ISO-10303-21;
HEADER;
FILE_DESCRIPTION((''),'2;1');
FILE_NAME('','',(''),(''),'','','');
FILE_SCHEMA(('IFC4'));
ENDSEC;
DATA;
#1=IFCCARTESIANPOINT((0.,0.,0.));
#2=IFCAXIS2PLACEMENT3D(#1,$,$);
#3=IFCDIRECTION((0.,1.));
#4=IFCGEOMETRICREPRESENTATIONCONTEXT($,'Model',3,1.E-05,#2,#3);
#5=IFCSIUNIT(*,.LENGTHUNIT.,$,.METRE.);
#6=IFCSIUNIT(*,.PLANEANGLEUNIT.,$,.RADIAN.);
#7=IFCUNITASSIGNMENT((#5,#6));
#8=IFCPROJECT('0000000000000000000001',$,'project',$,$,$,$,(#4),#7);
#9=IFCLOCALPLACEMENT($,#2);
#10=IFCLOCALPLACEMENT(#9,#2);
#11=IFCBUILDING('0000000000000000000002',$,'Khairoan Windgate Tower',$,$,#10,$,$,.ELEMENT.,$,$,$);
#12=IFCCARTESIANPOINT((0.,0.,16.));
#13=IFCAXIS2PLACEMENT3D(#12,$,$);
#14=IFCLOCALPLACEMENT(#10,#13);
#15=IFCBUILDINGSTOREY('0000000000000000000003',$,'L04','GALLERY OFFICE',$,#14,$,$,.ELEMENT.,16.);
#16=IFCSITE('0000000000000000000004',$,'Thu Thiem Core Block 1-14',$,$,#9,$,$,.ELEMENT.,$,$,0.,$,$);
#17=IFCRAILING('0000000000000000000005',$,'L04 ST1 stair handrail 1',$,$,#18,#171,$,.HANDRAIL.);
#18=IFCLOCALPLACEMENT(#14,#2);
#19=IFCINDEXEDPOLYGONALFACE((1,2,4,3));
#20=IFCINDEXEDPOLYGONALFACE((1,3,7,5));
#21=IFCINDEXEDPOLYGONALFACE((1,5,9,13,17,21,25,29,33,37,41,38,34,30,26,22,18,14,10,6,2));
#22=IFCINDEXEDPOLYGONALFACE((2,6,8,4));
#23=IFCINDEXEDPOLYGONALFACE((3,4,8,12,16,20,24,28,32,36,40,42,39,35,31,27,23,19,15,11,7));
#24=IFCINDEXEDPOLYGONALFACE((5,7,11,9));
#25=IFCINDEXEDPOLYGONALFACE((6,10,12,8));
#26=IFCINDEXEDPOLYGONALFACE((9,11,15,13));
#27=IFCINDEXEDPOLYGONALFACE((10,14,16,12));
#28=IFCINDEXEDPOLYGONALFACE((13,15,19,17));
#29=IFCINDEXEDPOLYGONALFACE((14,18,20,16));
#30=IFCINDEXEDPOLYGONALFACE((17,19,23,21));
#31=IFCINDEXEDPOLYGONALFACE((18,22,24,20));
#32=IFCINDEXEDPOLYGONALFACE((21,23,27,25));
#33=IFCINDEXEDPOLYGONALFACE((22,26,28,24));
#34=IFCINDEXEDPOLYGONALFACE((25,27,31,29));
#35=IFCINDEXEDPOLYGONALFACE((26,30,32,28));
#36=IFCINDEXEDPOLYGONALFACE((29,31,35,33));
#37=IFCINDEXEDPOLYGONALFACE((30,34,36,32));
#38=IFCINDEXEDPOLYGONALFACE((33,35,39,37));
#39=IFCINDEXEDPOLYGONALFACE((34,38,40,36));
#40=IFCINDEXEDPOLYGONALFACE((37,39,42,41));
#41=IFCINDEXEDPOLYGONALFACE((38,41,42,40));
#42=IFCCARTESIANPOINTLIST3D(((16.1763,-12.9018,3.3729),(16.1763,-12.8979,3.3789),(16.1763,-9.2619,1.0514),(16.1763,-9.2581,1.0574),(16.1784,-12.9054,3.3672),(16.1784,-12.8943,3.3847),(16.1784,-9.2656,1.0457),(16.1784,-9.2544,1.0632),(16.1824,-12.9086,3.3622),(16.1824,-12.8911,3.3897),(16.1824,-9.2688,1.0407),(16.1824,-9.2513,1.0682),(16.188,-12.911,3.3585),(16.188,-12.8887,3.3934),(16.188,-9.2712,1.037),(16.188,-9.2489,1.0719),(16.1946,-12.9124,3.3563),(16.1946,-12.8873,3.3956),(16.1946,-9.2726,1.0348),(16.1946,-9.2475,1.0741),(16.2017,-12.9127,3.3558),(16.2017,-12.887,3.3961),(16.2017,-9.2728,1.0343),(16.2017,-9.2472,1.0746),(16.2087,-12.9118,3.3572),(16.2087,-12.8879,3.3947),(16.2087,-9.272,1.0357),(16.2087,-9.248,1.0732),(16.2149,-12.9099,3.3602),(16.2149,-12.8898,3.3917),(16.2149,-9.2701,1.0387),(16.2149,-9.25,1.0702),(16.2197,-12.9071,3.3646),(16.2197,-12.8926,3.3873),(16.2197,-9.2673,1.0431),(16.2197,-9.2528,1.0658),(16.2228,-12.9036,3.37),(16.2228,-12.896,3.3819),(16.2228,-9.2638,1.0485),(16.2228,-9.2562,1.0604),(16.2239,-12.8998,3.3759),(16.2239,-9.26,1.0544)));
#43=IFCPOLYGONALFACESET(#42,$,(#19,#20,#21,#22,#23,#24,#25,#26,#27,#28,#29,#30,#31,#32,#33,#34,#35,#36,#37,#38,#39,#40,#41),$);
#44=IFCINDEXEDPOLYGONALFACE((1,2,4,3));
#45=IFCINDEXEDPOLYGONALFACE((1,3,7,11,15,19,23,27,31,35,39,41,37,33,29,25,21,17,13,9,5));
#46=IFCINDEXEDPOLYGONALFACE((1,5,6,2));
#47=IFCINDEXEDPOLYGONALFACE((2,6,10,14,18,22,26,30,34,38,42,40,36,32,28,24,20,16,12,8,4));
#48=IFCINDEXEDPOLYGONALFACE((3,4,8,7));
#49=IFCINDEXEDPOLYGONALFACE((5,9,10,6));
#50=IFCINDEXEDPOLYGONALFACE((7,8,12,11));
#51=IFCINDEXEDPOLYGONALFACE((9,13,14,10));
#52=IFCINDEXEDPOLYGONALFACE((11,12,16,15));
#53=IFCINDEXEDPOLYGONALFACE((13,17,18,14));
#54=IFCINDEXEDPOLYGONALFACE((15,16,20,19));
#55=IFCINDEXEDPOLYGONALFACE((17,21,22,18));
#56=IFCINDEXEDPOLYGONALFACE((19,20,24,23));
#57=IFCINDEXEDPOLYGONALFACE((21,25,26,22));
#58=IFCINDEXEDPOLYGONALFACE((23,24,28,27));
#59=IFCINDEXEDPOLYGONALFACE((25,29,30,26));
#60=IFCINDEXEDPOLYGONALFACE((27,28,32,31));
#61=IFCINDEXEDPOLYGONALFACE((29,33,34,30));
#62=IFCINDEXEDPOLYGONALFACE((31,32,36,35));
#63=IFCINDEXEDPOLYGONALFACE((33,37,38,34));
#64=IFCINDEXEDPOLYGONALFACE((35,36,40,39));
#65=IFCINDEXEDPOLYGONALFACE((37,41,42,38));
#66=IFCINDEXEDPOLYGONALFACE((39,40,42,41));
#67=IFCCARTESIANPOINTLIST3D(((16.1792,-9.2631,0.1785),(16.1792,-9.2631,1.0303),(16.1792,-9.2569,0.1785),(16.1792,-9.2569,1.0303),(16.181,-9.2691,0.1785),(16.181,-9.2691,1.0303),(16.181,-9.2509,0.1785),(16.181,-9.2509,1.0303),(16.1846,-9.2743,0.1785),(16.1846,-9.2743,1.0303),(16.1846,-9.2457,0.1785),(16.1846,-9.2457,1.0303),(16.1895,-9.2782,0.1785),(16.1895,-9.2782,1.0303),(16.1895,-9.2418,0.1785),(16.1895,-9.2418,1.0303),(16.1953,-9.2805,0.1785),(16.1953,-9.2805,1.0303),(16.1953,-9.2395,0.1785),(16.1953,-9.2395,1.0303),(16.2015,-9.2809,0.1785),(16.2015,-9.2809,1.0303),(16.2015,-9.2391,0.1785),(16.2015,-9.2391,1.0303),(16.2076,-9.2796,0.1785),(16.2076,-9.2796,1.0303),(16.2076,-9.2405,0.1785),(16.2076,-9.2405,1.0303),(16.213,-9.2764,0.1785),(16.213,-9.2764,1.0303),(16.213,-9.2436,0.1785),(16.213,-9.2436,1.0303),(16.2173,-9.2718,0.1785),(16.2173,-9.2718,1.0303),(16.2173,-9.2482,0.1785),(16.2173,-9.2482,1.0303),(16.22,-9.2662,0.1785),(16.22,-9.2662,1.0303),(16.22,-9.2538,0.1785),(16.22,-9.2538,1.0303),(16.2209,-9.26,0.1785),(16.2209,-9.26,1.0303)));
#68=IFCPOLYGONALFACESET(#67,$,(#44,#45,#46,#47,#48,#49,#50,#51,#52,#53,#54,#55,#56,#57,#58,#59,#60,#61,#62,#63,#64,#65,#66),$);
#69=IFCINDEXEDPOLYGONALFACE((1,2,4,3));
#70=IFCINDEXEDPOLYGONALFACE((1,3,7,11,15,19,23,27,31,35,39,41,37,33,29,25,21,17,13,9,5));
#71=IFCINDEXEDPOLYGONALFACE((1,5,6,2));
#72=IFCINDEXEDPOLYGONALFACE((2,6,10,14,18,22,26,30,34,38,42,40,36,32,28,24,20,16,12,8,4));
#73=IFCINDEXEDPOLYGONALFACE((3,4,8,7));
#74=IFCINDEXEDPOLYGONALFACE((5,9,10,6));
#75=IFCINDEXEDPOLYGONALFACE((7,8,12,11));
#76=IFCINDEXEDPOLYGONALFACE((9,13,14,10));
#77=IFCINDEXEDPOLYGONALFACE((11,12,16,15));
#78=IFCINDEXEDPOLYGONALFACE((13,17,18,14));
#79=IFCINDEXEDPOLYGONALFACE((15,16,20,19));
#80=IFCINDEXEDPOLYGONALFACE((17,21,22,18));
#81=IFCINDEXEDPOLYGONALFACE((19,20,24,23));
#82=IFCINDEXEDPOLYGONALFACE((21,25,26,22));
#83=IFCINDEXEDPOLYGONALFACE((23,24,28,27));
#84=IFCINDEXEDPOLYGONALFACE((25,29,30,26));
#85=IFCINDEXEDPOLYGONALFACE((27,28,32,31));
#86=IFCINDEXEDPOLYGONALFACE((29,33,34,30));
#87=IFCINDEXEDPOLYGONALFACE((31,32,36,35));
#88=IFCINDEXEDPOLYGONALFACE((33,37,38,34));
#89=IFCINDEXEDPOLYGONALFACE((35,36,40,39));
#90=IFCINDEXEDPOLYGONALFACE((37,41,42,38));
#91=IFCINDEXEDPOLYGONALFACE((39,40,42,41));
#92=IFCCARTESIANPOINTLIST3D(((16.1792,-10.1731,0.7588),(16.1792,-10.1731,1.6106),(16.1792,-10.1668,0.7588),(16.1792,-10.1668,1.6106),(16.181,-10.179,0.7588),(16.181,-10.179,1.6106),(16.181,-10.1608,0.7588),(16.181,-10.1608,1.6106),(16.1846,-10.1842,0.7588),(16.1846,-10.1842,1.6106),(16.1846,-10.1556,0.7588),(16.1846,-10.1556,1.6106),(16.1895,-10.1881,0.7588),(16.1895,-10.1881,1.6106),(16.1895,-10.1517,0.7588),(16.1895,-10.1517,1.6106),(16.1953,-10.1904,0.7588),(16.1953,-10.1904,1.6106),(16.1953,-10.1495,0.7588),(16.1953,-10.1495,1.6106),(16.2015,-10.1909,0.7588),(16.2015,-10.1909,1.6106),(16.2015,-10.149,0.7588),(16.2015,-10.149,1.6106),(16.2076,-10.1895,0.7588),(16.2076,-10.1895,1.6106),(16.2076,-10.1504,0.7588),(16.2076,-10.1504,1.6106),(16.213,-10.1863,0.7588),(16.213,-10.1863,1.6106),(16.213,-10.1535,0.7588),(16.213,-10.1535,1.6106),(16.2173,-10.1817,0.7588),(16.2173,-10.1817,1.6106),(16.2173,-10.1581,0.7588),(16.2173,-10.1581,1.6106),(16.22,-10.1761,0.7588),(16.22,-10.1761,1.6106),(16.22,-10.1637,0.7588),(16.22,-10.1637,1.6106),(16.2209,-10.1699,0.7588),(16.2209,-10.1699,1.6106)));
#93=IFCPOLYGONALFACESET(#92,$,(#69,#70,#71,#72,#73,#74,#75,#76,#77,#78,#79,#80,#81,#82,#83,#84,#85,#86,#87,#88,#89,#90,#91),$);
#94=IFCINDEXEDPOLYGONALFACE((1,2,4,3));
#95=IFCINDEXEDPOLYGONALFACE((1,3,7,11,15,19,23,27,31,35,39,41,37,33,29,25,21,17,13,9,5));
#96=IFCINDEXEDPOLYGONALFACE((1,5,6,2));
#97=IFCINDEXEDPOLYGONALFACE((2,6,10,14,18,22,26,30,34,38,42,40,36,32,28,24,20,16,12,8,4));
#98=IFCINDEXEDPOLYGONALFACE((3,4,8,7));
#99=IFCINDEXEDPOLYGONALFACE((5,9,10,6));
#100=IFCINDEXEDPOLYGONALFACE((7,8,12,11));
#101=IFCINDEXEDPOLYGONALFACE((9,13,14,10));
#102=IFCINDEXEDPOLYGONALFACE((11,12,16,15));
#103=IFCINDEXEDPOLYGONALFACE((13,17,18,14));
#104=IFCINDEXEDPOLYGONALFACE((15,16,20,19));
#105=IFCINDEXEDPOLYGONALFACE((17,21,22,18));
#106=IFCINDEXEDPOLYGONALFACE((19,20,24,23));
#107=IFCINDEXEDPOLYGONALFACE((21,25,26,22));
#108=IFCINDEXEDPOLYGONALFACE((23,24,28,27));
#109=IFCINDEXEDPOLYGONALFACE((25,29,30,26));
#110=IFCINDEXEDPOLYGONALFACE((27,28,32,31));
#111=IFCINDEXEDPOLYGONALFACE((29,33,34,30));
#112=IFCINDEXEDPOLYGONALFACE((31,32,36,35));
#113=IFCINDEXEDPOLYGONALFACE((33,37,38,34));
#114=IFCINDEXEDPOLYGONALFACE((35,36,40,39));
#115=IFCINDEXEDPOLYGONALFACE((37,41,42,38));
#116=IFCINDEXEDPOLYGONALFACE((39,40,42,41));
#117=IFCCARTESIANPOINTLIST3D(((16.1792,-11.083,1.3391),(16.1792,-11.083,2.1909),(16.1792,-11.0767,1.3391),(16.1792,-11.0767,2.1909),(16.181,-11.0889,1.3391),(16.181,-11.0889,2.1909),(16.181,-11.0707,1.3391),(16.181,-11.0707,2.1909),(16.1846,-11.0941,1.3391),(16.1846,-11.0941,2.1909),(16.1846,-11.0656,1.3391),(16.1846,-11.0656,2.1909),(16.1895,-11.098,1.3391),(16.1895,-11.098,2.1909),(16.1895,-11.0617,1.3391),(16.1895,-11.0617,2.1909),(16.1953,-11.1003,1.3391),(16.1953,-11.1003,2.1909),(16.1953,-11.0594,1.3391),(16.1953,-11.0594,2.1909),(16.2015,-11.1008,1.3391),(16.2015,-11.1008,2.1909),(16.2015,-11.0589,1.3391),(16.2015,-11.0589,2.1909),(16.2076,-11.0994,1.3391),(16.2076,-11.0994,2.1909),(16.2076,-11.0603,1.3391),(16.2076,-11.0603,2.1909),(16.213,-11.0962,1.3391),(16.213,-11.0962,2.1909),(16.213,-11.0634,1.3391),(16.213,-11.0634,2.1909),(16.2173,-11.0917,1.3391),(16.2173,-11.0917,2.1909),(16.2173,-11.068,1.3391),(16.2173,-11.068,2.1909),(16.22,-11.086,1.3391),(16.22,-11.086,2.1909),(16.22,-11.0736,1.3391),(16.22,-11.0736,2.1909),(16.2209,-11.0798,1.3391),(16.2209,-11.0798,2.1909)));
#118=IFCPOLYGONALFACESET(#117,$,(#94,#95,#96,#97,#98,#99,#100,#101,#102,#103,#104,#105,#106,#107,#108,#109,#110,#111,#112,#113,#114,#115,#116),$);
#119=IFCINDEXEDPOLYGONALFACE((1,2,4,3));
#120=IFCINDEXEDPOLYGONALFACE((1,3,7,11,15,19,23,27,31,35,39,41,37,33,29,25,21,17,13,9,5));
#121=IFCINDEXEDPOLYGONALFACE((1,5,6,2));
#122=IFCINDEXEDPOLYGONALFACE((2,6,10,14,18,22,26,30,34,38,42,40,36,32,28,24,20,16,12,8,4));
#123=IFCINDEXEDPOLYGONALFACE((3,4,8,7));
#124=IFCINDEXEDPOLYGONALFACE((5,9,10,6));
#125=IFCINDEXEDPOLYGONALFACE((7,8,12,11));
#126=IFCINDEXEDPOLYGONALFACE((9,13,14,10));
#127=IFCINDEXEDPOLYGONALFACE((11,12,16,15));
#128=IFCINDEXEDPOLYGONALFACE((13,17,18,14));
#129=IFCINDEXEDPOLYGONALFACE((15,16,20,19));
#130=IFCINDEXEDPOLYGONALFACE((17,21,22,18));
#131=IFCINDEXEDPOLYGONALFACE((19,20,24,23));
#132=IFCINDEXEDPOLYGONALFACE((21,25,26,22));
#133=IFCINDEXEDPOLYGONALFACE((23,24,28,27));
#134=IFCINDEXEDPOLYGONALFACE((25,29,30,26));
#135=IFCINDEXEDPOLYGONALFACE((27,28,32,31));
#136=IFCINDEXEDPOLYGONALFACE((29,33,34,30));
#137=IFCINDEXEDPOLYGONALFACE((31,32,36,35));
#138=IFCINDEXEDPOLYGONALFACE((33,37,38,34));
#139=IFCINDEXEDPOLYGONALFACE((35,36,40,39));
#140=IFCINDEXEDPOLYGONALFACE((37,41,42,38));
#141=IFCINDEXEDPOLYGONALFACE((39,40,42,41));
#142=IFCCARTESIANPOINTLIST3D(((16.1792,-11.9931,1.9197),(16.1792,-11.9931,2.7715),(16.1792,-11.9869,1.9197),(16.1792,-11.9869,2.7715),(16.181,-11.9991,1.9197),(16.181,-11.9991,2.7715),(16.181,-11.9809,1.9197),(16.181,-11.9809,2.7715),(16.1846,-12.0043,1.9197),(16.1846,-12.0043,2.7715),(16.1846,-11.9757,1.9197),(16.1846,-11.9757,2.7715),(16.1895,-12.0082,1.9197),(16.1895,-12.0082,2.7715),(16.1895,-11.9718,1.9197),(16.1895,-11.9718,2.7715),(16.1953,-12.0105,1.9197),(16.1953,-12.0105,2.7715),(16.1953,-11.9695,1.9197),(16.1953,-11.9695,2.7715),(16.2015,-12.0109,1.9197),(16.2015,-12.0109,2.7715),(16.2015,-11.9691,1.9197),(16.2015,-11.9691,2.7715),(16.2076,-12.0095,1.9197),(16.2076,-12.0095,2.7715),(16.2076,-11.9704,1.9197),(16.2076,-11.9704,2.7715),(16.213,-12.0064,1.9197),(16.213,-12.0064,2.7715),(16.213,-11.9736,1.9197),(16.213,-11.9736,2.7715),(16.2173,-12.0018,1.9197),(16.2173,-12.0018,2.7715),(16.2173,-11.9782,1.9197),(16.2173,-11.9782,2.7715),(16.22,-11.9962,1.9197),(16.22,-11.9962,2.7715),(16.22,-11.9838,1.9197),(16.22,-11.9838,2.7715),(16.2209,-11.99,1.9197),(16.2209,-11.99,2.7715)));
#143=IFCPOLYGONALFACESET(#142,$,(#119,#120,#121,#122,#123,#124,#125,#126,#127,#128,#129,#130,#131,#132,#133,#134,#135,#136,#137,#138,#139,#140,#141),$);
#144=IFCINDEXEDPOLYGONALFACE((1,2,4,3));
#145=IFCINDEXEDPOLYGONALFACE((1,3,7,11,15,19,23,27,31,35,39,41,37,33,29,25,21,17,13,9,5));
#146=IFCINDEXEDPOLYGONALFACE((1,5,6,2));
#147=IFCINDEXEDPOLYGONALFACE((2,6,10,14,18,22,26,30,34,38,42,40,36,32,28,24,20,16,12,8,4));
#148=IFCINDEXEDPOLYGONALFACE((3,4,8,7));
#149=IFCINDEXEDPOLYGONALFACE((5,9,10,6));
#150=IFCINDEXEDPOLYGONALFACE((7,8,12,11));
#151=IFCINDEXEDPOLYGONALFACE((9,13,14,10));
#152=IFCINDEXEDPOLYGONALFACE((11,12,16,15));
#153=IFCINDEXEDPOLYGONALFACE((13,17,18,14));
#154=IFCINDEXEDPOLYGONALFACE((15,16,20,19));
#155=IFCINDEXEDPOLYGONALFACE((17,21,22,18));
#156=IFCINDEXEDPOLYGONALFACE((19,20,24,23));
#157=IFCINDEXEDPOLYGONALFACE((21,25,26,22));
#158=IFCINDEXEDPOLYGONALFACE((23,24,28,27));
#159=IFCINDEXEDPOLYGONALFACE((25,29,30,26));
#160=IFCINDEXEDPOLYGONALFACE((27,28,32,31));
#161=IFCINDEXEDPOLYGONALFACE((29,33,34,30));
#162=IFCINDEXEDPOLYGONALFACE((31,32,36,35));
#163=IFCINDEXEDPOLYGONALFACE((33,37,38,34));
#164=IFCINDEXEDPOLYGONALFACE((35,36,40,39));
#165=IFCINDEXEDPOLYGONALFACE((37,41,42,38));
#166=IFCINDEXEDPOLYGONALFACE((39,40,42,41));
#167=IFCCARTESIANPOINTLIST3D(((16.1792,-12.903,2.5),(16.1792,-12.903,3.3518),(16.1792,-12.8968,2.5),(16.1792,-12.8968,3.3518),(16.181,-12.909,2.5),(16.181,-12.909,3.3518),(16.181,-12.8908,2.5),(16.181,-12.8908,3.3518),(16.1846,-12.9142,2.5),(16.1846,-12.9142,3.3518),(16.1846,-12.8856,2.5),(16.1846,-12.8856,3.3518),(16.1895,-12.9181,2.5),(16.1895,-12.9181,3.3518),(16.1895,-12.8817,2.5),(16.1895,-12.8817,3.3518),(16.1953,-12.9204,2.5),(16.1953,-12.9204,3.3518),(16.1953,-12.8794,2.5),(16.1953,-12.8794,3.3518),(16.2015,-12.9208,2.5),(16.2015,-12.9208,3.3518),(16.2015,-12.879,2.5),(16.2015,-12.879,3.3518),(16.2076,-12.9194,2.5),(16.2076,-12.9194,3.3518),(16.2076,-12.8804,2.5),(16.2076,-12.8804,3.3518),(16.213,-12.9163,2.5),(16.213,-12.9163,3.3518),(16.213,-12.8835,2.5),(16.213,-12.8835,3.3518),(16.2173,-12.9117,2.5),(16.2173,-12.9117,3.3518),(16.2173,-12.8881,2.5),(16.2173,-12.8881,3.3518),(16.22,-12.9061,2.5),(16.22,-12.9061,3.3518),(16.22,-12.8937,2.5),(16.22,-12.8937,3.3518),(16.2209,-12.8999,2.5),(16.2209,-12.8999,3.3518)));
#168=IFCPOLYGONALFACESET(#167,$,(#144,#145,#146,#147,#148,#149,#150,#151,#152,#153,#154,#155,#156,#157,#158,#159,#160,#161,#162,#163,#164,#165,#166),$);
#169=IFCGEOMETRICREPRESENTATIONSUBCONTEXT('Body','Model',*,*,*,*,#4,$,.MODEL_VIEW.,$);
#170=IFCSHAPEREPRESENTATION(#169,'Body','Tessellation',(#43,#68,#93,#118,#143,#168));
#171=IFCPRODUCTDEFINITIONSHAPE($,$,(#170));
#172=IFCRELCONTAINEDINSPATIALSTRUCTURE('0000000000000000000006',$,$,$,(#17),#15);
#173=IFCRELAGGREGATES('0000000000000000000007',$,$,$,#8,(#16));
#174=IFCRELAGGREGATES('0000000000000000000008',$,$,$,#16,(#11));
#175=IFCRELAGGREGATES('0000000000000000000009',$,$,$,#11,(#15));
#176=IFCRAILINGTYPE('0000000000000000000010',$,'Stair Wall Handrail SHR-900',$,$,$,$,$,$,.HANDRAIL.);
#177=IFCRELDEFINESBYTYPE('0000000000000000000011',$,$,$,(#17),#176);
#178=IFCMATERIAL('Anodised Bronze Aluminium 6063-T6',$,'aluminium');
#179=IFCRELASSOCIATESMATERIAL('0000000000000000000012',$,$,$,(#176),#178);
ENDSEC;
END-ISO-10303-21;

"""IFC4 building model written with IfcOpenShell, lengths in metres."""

from ifc_helpers import new_model, si_unit, direction, frame, origin, origin_2d, place, context, subcontext, project, spatial, circle, extrude, material, type_object, element, save


model = new_model("IFC4")

# Units and contexts
model_context = context("Model", 3, precision=1e-05, world=origin(), true_north=direction((0.0, 1.0)))
body_context = subcontext(model_context, "Body", "Model", "MODEL_VIEW")
ifc_project = project(units=[si_unit("LENGTHUNIT", "METRE"), si_unit("PLANEANGLEUNIT", "RADIAN")], contexts=[model_context])

# Site, building, storey
site_placement = place(None, origin())
site = spatial("IfcSite", under=ifc_project, at=site_placement, Name="Thu Thiem Core Block 1-14", CompositionType="ELEMENT", RefElevation=0.0)
building_placement = place(site_placement, origin())
building = spatial("IfcBuilding", under=site, at=building_placement, Name="Khairoan Windgate Tower", CompositionType="ELEMENT")
storey_placement = place(building_placement, frame((0.0, 0.0, 16.0)))
storey = spatial("IfcBuildingStorey", under=building, at=storey_placement, Name="L04", Description="GALLERY OFFICE", CompositionType="ELEMENT", Elevation=16.0)

# Railing
ifc_material_1 = material(Name="Anodised Bronze Aluminium 6063-T6", Category="aluminium")
railing_type_1 = type_object("IfcRailingType", Name="Stair Wall Handrail SHR-900", PredefinedType="HANDRAIL", material=ifc_material_1)
railing_1_placement = place(storey_placement, frame((16.2, -9.26, 0.1785)))
element("IfcRailing", 1, at=railing_1_placement, inside=storey, type_object=railing_type_1, Name="L04 ST1 stair handrail 1", PredefinedType="HANDRAIL", context=body_context, shape_type="SweptSolid", body=[
    extrude(circle(Radius=0.0239, at=origin_2d()), frame((0.0, 0.0, 0.876), z_axis=(0.0, -0.843112, 0.537739), x_axis=(1.0, 0.0, 0.0)), (0.0, 0.0, 1.0), 4.3171),
    extrude(circle(Radius=0.021, at=origin_2d()), origin(), (0.0, 0.0, 1.0), 0.8518),
    extrude(circle(Radius=0.021, at=origin_2d()), frame((0.0, -0.9099, 0.5803)), (0.0, 0.0, 1.0), 0.8518),
    extrude(circle(Radius=0.021, at=origin_2d()), frame((0.0, -1.8198, 1.1606)), (0.0, 0.0, 1.0), 0.8518),
    extrude(circle(Radius=0.021, at=origin_2d()), frame((0.0, -2.73, 1.7412)), (0.0, 0.0, 1.0), 0.8518),
    extrude(circle(Radius=0.021, at=origin_2d()), frame((0.0, -3.6399, 2.3215)), (0.0, 0.0, 1.0), 0.8518),
])

save(model, "model.ifc")
